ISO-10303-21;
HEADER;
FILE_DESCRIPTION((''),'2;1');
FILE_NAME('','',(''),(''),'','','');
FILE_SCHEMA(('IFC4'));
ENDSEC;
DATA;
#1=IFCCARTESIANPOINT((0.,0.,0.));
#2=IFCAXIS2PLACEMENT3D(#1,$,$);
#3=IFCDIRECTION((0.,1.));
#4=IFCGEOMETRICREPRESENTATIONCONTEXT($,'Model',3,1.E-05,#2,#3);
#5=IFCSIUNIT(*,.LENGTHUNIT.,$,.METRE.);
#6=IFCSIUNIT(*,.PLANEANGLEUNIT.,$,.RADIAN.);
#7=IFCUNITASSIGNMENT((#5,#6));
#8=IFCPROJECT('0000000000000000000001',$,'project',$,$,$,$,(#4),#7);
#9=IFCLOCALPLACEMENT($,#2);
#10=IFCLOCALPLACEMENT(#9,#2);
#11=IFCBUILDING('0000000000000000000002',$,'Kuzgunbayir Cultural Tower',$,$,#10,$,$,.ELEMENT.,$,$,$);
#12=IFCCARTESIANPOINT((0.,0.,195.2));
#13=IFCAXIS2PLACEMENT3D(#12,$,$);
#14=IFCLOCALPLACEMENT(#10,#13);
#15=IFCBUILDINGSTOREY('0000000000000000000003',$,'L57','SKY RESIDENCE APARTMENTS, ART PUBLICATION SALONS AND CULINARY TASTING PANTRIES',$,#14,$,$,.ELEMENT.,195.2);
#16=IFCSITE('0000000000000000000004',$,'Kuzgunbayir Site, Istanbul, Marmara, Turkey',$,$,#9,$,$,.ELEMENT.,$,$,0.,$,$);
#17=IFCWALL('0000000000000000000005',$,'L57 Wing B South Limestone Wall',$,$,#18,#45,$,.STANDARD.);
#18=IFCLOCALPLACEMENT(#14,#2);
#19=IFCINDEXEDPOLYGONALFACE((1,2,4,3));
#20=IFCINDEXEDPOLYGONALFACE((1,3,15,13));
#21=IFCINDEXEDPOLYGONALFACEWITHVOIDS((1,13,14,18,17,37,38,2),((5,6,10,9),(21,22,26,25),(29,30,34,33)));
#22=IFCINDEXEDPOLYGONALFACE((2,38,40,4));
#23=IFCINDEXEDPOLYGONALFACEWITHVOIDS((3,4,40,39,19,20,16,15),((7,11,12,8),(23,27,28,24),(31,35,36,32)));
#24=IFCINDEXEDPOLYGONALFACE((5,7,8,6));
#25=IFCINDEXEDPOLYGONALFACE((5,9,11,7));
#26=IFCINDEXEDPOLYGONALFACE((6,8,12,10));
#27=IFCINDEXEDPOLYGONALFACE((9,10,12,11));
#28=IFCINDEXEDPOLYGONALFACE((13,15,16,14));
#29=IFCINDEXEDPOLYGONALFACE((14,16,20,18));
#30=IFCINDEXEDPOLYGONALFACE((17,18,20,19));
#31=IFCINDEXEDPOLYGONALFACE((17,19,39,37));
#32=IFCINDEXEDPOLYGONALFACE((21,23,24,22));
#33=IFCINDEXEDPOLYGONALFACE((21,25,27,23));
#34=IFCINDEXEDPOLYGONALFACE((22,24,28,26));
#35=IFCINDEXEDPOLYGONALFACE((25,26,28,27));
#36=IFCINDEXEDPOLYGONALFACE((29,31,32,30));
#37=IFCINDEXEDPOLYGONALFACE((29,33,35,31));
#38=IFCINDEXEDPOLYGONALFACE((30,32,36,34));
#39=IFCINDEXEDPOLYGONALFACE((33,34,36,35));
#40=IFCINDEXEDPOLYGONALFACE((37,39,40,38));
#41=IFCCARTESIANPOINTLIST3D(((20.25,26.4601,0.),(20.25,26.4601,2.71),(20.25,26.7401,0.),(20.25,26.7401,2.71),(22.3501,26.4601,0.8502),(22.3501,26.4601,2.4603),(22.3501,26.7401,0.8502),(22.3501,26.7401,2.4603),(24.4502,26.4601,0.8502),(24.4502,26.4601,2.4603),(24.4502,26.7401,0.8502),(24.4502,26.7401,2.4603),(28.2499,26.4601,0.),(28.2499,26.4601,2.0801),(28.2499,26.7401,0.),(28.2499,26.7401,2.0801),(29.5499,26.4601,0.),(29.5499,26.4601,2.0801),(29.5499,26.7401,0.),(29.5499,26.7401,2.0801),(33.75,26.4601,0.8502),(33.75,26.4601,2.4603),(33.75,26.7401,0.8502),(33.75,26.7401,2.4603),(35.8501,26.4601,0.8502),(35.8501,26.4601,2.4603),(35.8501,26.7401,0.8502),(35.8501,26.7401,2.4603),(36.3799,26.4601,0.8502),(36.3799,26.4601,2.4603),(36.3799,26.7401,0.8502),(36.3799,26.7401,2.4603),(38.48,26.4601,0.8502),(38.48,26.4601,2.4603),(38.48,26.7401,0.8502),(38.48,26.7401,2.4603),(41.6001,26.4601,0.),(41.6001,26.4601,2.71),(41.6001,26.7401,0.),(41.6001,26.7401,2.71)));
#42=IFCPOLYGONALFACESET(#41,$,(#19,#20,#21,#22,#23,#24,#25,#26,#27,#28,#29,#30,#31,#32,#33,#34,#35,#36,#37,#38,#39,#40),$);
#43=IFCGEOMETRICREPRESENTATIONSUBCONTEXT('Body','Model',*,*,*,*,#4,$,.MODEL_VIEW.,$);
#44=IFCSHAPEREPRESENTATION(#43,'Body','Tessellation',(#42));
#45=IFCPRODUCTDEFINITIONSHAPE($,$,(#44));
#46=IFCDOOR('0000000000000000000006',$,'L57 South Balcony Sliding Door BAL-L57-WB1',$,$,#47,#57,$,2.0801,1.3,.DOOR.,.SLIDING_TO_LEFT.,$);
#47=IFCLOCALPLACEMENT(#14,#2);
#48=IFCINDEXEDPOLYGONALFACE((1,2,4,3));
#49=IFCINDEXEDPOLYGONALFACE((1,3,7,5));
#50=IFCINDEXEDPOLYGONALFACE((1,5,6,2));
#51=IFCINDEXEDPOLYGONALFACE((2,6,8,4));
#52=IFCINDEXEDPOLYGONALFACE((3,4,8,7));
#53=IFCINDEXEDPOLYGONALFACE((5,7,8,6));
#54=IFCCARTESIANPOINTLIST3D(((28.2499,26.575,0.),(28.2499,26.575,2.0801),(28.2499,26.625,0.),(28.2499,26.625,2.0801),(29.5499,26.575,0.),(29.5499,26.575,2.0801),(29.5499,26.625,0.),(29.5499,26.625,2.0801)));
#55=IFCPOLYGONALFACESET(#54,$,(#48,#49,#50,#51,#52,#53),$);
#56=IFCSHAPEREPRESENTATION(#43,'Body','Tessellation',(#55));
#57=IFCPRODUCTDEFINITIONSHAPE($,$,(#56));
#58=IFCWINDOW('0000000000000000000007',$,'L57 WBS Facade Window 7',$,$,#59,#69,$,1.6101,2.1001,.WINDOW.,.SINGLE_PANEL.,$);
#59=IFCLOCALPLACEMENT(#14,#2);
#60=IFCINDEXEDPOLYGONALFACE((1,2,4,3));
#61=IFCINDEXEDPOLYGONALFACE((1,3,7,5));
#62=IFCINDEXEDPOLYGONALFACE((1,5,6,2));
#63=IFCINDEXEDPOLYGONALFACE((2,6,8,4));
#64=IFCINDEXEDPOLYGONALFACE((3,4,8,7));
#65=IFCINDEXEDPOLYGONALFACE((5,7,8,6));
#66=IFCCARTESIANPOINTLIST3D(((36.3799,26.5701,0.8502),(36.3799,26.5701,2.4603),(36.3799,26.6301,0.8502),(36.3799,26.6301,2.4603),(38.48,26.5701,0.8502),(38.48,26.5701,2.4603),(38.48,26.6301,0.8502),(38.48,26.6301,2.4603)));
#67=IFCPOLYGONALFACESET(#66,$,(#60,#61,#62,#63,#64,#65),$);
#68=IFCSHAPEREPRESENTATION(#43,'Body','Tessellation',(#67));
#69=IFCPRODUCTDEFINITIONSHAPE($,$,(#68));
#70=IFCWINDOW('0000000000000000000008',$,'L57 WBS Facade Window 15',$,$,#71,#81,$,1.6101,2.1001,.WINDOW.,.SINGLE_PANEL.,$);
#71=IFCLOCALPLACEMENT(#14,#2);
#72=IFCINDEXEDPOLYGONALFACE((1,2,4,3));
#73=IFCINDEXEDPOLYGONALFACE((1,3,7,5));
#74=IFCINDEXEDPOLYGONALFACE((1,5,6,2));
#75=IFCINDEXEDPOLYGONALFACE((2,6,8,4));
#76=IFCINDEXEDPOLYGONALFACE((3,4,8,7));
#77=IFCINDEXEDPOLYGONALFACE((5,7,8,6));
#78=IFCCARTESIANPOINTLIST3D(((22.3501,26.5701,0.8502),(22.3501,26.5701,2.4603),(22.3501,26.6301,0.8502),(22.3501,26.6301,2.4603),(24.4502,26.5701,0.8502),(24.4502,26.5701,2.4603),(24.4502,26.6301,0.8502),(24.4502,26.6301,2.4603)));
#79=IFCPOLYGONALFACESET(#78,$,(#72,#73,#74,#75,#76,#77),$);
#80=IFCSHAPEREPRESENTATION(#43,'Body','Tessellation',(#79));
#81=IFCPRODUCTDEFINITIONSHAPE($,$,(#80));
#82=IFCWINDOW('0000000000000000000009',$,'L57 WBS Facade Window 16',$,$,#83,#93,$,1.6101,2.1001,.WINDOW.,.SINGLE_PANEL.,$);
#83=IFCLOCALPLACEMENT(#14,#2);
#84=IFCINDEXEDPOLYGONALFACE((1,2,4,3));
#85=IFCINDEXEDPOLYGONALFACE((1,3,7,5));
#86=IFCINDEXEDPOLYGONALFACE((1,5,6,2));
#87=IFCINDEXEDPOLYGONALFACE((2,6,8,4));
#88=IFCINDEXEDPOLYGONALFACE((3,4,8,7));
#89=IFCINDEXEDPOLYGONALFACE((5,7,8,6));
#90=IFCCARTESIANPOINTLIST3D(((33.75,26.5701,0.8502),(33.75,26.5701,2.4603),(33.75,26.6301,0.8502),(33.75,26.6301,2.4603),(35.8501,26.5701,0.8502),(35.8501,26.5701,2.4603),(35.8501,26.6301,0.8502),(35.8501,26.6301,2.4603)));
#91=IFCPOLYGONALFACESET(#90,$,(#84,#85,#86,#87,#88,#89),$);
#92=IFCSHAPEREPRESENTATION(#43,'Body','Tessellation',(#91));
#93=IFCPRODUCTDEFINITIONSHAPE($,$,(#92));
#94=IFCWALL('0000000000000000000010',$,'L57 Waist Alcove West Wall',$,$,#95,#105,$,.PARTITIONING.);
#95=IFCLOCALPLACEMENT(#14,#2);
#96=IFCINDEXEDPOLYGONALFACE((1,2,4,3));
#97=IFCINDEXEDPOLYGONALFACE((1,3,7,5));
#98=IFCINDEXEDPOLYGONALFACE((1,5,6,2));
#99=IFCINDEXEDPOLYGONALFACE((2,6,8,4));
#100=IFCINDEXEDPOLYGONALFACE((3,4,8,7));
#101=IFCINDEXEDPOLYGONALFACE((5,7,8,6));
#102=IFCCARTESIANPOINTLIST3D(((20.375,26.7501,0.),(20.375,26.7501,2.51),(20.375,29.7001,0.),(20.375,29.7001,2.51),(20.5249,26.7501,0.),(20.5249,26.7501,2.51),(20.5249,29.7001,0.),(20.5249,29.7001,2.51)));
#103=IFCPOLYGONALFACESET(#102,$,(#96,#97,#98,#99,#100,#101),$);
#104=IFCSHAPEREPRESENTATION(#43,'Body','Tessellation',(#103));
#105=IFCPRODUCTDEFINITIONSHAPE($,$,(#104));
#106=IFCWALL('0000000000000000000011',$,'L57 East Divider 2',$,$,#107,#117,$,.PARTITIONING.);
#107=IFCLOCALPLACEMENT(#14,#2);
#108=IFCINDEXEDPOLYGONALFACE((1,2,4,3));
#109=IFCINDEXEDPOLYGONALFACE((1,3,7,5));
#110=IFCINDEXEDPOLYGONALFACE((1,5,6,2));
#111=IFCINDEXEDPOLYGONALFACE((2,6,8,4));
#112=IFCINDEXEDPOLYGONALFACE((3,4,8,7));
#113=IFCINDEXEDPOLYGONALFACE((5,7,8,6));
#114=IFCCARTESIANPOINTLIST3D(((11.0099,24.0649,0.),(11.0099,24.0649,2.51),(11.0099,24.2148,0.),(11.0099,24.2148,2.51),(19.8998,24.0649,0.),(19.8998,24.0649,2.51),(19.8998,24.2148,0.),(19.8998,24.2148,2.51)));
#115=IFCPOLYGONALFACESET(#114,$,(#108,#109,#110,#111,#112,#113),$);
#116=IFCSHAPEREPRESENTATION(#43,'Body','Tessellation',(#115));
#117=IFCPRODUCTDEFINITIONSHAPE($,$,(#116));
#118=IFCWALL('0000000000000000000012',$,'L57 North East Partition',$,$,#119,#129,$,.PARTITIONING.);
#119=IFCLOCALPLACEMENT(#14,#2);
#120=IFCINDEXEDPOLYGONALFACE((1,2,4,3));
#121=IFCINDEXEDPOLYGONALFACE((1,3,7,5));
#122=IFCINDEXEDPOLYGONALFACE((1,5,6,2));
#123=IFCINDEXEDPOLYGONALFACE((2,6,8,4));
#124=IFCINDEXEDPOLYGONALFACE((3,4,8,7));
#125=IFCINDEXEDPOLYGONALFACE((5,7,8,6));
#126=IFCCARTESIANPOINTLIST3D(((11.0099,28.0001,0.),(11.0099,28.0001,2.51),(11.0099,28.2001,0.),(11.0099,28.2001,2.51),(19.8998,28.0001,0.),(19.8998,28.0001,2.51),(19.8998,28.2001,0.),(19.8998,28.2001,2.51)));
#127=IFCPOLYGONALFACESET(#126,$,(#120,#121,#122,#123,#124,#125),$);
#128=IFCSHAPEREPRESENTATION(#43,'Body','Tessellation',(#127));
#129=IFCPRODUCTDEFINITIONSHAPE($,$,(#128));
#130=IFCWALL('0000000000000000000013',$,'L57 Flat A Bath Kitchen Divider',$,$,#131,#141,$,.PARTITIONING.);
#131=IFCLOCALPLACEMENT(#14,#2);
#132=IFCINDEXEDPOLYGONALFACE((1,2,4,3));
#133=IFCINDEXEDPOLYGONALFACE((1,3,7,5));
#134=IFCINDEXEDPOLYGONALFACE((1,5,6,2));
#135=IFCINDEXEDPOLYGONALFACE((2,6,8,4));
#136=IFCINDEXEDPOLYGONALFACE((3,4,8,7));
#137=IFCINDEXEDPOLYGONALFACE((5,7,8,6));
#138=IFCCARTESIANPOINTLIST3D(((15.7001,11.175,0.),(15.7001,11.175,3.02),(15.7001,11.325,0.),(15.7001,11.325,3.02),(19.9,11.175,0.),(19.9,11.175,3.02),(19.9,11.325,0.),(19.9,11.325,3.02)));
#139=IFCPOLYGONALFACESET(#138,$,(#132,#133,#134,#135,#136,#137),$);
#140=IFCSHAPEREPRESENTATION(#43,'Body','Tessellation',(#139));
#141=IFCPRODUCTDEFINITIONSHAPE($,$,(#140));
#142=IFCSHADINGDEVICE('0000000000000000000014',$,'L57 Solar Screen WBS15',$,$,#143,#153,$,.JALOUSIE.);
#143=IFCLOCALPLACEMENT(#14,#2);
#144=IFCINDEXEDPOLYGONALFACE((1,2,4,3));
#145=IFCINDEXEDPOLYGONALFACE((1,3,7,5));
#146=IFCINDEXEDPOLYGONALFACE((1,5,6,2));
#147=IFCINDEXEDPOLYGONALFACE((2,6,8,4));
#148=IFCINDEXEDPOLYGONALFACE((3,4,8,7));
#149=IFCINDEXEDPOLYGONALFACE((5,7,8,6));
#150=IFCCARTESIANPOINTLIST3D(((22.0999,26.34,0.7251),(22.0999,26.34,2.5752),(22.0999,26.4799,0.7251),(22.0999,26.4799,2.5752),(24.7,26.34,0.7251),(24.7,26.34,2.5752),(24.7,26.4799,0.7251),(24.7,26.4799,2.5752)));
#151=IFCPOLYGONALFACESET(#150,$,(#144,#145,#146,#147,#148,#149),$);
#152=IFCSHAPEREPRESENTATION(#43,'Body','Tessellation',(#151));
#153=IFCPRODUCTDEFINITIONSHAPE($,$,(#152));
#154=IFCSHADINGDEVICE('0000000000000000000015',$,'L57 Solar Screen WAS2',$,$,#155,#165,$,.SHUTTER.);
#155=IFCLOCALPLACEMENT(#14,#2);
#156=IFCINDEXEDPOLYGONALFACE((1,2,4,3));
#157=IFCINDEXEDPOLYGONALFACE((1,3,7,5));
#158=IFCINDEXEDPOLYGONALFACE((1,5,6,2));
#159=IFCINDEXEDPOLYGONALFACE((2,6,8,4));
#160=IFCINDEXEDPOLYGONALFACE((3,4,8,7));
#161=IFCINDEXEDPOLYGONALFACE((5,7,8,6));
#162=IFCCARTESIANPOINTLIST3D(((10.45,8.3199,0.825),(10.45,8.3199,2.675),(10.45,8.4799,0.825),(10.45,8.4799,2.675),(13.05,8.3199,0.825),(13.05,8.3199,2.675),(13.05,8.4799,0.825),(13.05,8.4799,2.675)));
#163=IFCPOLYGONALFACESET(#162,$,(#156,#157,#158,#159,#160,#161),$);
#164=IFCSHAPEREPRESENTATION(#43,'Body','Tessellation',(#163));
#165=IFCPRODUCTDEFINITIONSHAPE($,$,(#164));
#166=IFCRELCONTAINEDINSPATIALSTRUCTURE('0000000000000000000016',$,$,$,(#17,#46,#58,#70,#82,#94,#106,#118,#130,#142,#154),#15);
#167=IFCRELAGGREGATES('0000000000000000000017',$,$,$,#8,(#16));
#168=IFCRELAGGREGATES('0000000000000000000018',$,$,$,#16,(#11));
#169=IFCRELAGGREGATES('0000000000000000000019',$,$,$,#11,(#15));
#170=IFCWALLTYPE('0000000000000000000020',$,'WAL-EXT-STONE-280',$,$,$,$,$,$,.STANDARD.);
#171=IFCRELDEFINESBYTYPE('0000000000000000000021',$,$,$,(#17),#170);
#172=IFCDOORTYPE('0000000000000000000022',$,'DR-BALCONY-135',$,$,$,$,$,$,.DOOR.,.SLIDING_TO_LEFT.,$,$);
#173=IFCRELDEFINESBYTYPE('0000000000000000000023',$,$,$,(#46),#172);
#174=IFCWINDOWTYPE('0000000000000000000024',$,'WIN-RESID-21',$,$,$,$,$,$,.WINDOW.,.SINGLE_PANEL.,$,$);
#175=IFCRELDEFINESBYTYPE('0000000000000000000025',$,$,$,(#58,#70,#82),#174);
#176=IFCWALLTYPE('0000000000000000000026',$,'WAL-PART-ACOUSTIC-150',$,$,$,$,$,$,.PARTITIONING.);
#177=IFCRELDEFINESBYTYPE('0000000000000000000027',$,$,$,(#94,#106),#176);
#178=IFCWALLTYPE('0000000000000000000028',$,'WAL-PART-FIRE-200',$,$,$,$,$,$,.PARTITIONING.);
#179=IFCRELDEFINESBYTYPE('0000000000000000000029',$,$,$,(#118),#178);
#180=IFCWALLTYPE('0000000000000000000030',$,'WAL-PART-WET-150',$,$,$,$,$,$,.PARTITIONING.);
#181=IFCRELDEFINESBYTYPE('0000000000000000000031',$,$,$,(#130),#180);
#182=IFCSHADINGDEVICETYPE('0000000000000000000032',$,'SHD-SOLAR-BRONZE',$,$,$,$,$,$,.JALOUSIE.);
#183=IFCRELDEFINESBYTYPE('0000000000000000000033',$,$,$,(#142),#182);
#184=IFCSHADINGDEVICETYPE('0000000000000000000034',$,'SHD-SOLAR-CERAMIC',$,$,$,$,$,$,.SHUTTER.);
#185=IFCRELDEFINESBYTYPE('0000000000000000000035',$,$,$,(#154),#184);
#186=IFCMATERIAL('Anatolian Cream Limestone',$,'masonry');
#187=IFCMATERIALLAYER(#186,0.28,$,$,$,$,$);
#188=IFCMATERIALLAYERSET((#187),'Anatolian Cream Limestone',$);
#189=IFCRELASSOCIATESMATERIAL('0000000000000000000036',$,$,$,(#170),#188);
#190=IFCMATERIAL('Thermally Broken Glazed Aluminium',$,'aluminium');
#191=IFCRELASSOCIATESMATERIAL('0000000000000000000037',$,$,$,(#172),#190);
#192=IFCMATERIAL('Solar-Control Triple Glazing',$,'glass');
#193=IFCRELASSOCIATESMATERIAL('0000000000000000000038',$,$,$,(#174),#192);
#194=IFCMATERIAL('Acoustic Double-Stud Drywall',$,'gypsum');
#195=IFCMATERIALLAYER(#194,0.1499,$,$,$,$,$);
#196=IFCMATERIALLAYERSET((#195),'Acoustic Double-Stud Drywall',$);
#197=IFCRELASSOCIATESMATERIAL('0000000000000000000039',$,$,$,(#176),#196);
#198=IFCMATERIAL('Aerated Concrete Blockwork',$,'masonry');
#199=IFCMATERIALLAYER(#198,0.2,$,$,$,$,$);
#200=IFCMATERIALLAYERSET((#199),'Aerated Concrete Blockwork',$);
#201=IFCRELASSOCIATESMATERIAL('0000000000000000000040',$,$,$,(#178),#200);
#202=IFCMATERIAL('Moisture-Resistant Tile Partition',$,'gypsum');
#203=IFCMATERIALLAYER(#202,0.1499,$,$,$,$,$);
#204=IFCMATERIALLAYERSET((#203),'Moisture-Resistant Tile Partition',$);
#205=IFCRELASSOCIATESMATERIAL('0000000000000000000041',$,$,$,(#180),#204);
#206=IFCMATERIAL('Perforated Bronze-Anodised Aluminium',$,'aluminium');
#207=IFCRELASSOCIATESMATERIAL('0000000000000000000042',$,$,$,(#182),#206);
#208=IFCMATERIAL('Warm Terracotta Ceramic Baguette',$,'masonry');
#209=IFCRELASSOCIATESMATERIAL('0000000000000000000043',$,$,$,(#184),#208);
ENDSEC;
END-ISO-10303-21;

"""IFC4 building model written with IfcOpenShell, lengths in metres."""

from ifc_helpers import new_model, si_unit, direction, frame, frame_2d, origin, origin_2d, place, context, subcontext, project, spatial, rectangle, extrude, material, layer, layer_set, type_object, element, fill, save


model = new_model("IFC4")

# Units and contexts
model_context = context("Model", 3, precision=1e-05, world=origin(), true_north=direction((0.0, 1.0)))
body_context = subcontext(model_context, "Body", "Model", "MODEL_VIEW")
ifc_project = project(units=[si_unit("LENGTHUNIT", "METRE"), si_unit("PLANEANGLEUNIT", "RADIAN")], contexts=[model_context])

# Site, building, storey
site_placement = place(None, origin())
site = spatial("IfcSite", under=ifc_project, at=site_placement, Name="Kuzgunbayir Site, Istanbul, Marmara, Turkey", CompositionType="ELEMENT", RefElevation=0.0)
building_placement = place(site_placement, origin())
building = spatial("IfcBuilding", under=site, at=building_placement, Name="Kuzgunbayir Cultural Tower", CompositionType="ELEMENT")
storey_placement = place(building_placement, frame((0.0, 0.0, 195.2)))
storey = spatial("IfcBuildingStorey", under=building, at=storey_placement, Name="L57", Description="SKY RESIDENCE APARTMENTS, ART PUBLICATION SALONS AND CULINARY TASTING PANTRIES", CompositionType="ELEMENT", Elevation=195.2)

# Shared definitions
ifc_material_1 = material(Name="Anatolian Cream Limestone", Category="masonry")
ifc_layer_1 = layer(ifc_material_1, 0.28)
ifc_layer_set_1 = layer_set([ifc_layer_1], Name="Anatolian Cream Limestone")
wall_type_1 = type_object("IfcWallType", Name="WAL-EXT-STONE-280", PredefinedType="STANDARD", material=ifc_layer_set_1)
ifc_material_2 = material(Name="Solar-Control Triple Glazing", Category="glass")

# Wall, openings, door, windows
wall_1_placement = place(storey_placement, frame((20.25, 26.6001, 0.0), z_axis=(0.0, 0.0, 1.0), x_axis=(1.0, 0.0, 0.0)))
wall_1 = element("IfcWall", 1, at=wall_1_placement, inside=storey, type_object=wall_type_1, Name="L57 Wing B South Limestone Wall", PredefinedType="STANDARD", context=body_context, shape_type="SweptSolid", body=[
    extrude(rectangle(XDim=21.3501, YDim=0.28, at=frame_2d((10.675, 0.0))), origin(), (0.0, 0.0, 1.0), 2.71),
])
opening_1_placement = place(wall_1_placement, frame((8.0, 0.0, 0.0)))
opening_1 = element("IfcOpeningElement", 2, at=opening_1_placement, cuts=wall_1, PredefinedType="OPENING", context=body_context, shape_type="SweptSolid", body=[
    extrude(rectangle(XDim=1.3, YDim=2.0801, at=frame_2d((0.6499, 1.04))), frame((0.0, 0.1499, 0.0), z_axis=(0.0, -1.0, 0.0), x_axis=(1.0, 0.0, 0.0)), (0.0, 0.0, 1.0), 0.3),
])
opening_2_placement = place(wall_1_placement, frame((16.1299, 0.0, 0.8501)))
opening_2 = element("IfcOpeningElement", 3, at=opening_2_placement, cuts=wall_1, PredefinedType="OPENING", context=body_context, shape_type="SweptSolid", body=[
    extrude(rectangle(XDim=2.1001, YDim=1.6101, at=frame_2d((1.05, 0.8052))), frame((0.0, 0.1499, 0.0), z_axis=(0.0, -1.0, 0.0), x_axis=(1.0, 0.0, 0.0)), (0.0, 0.0, 1.0), 0.3),
])
opening_3_placement = place(wall_1_placement, frame((2.1001, 0.0, 0.8501)))
opening_3 = element("IfcOpeningElement", 4, at=opening_3_placement, cuts=wall_1, PredefinedType="OPENING", context=body_context, shape_type="SweptSolid", body=[
    extrude(rectangle(XDim=2.1001, YDim=1.6101, at=frame_2d((1.05, 0.8052))), frame((0.0, 0.1499, 0.0), z_axis=(0.0, -1.0, 0.0), x_axis=(1.0, 0.0, 0.0)), (0.0, 0.0, 1.0), 0.3),
])
opening_4_placement = place(wall_1_placement, frame((13.5, 0.0, 0.8501)))
opening_4 = element("IfcOpeningElement", 5, at=opening_4_placement, cuts=wall_1, PredefinedType="OPENING", context=body_context, shape_type="SweptSolid", body=[
    extrude(rectangle(XDim=2.1001, YDim=1.6101, at=frame_2d((1.05, 0.8052))), frame((0.0, 0.1499, 0.0), z_axis=(0.0, -1.0, 0.0), x_axis=(1.0, 0.0, 0.0)), (0.0, 0.0, 1.0), 0.3),
])
ifc_material_3 = material(Name="Thermally Broken Glazed Aluminium", Category="aluminium")
door_type_1 = type_object("IfcDoorType", Name="DR-BALCONY-135", OperationType="SLIDING_TO_LEFT", PredefinedType="DOOR", material=ifc_material_3)
door_1_placement = place(opening_1_placement, origin())
door_1 = element("IfcDoor", 6, at=door_1_placement, inside=storey, type_object=door_type_1, Name="L57 South Balcony Sliding Door BAL-L57-WB1", OperationType="SLIDING_TO_LEFT", OverallHeight=2.0801, OverallWidth=1.3, PredefinedType="DOOR", context=body_context, shape_type="SweptSolid", body=[
    extrude(rectangle(XDim=1.3, YDim=2.0801, at=frame_2d((0.6499, 1.04))), frame((0.0, 0.0249, 0.0), z_axis=(0.0, -1.0, 0.0), x_axis=(1.0, 0.0, 0.0)), (0.0, 0.0, 1.0), 0.05),
])
fill(opening_1, door_1)
window_type_1 = type_object("IfcWindowType", Name="WIN-RESID-21", PartitioningType="SINGLE_PANEL", PredefinedType="WINDOW", material=ifc_material_2)
window_1_placement = place(opening_2_placement, origin())
window_1 = element("IfcWindow", 7, at=window_1_placement, inside=storey, type_object=window_type_1, Name="L57 WBS Facade Window 7", OverallHeight=1.6101, OverallWidth=2.1001, PartitioningType="SINGLE_PANEL", PredefinedType="WINDOW", context=body_context, shape_type="SweptSolid", body=[
    extrude(rectangle(XDim=2.1001, YDim=1.6101, at=frame_2d((1.05, 0.8052))), frame((0.0, 0.03, 0.0), z_axis=(0.0, -1.0, 0.0), x_axis=(1.0, 0.0, 0.0)), (0.0, 0.0, 1.0), 0.0601),
])
fill(opening_2, window_1)
window_2_placement = place(opening_3_placement, origin())
window_2 = element("IfcWindow", 8, at=window_2_placement, inside=storey, type_object=window_type_1, Name="L57 WBS Facade Window 15", OverallHeight=1.6101, OverallWidth=2.1001, PartitioningType="SINGLE_PANEL", PredefinedType="WINDOW", context=body_context, shape_type="SweptSolid", body=[
    extrude(rectangle(XDim=2.1001, YDim=1.6101, at=frame_2d((1.05, 0.8052))), frame((0.0, 0.03, 0.0), z_axis=(0.0, -1.0, 0.0), x_axis=(1.0, 0.0, 0.0)), (0.0, 0.0, 1.0), 0.0601),
])
fill(opening_3, window_2)
window_3_placement = place(opening_4_placement, origin())
window_3 = element("IfcWindow", 9, at=window_3_placement, inside=storey, type_object=window_type_1, Name="L57 WBS Facade Window 16", OverallHeight=1.6101, OverallWidth=2.1001, PartitioningType="SINGLE_PANEL", PredefinedType="WINDOW", context=body_context, shape_type="SweptSolid", body=[
    extrude(rectangle(XDim=2.1001, YDim=1.6101, at=frame_2d((1.05, 0.8052))), frame((0.0, 0.03, 0.0), z_axis=(0.0, -1.0, 0.0), x_axis=(1.0, 0.0, 0.0)), (0.0, 0.0, 1.0), 0.0601),
])
fill(opening_4, window_3)

# Walls
ifc_material_4 = material(Name="Acoustic Double-Stud Drywall", Category="gypsum")
ifc_layer_2 = layer(ifc_material_4, 0.1499)
ifc_layer_set_2 = layer_set([ifc_layer_2], Name="Acoustic Double-Stud Drywall")
wall_type_2 = type_object("IfcWallType", Name="WAL-PART-ACOUSTIC-150", PredefinedType="PARTITIONING", material=ifc_layer_set_2)
wall_2_placement = place(storey_placement, frame((20.45, 26.75, 0.0), z_axis=(0.0, 0.0, 1.0), x_axis=(0.0, 1.0, 0.0)))
element("IfcWall", 10, at=wall_2_placement, inside=storey, type_object=wall_type_2, Name="L57 Waist Alcove West Wall", PredefinedType="PARTITIONING", context=body_context, shape_type="SweptSolid", body=[
    extrude(rectangle(XDim=2.95, YDim=0.1499, at=frame_2d((1.4751, 0.0))), origin(), (0.0, 0.0, 1.0), 2.51),
])
wall_3_placement = place(storey_placement, frame((11.01, 24.1399, 0.0), z_axis=(0.0, 0.0, 1.0), x_axis=(1.0, 0.0, 0.0)))
element("IfcWall", 11, at=wall_3_placement, inside=storey, type_object=wall_type_2, Name="L57 East Divider 2", PredefinedType="PARTITIONING", context=body_context, shape_type="SweptSolid", body=[
    extrude(rectangle(XDim=8.8899, YDim=0.1499, at=frame_2d((4.4448, 0.0))), origin(), (0.0, 0.0, 1.0), 2.51),
])
ifc_material_5 = material(Name="Aerated Concrete Blockwork", Category="masonry")
ifc_layer_3 = layer(ifc_material_5, 0.2)
ifc_layer_set_3 = layer_set([ifc_layer_3], Name="Aerated Concrete Blockwork")
wall_type_3 = type_object("IfcWallType", Name="WAL-PART-FIRE-200", PredefinedType="PARTITIONING", material=ifc_layer_set_3)
wall_4_placement = place(storey_placement, frame((11.01, 28.1001, 0.0), z_axis=(0.0, 0.0, 1.0), x_axis=(1.0, 0.0, 0.0)))
element("IfcWall", 12, at=wall_4_placement, inside=storey, type_object=wall_type_3, Name="L57 North East Partition", PredefinedType="PARTITIONING", context=body_context, shape_type="SweptSolid", body=[
    extrude(rectangle(XDim=8.8899, YDim=0.2, at=frame_2d((4.4448, 0.0))), origin(), (0.0, 0.0, 1.0), 2.51),
])

# Shared definitions
ifc_material_6 = material(Name="Moisture-Resistant Tile Partition", Category="gypsum")
ifc_layer_4 = layer(ifc_material_6, 0.1499)
ifc_layer_set_4 = layer_set([ifc_layer_4], Name="Moisture-Resistant Tile Partition")
wall_type_4 = type_object("IfcWallType", Name="WAL-PART-WET-150", PredefinedType="PARTITIONING", material=ifc_layer_set_4)

# Wall
wall_5_placement = place(storey_placement, frame((15.7, 11.25, 0.0), z_axis=(0.0, 0.0, 1.0), x_axis=(1.0, 0.0, 0.0)))
element("IfcWall", 13, at=wall_5_placement, inside=storey, type_object=wall_type_4, Name="L57 Flat A Bath Kitchen Divider", PredefinedType="PARTITIONING", context=body_context, shape_type="SweptSolid", body=[
    extrude(rectangle(XDim=4.2, YDim=0.1499, at=frame_2d((2.1001, 0.0))), origin(), (0.0, 0.0, 1.0), 3.02),
])

# Shading devices
ifc_material_7 = material(Name="Perforated Bronze-Anodised Aluminium", Category="aluminium")
shading_device_type_1 = type_object("IfcShadingDeviceType", Name="SHD-SOLAR-BRONZE", PredefinedType="JALOUSIE", material=ifc_material_7)
shading_device_placement = place(storey_placement, frame((23.3999, 26.4099, 0.7251), z_axis=(0.0, 0.0, 1.0), x_axis=(1.0, 0.0, 0.0)))
element("IfcShadingDevice", 14, at=shading_device_placement, inside=storey, type_object=shading_device_type_1, Name="L57 Solar Screen WBS15", PredefinedType="JALOUSIE", context=body_context, shape_type="SweptSolid", body=[
    extrude(rectangle(XDim=2.6001, YDim=0.1399, at=origin_2d()), origin(), (0.0, 0.0, 1.0), 1.8501),
])
ifc_material_8 = material(Name="Warm Terracotta Ceramic Baguette", Category="masonry")
shading_device_type_2 = type_object("IfcShadingDeviceType", Name="SHD-SOLAR-CERAMIC", PredefinedType="SHUTTER", material=ifc_material_8)
for number, where, z_axis, x_axis, name in (
    (15, (11.75, 8.3999, 0.825), (0.0, 0.0, 1.0), (1.0, 0.0, 0.0), "L57 Solar Screen WAS2"),
):
    element("IfcShadingDevice", number, at=place(storey_placement, frame(where, z_axis=z_axis, x_axis=x_axis)), inside=storey, type_object=shading_device_type_2, Name=name, PredefinedType="SHUTTER", context=body_context, shape_type="SweptSolid", body=[
        extrude(rectangle(XDim=2.6001, YDim=0.1599, at=origin_2d()), origin(), (0.0, 0.0, 1.0), 1.8501),
    ])

save(model, "model.ifc")
